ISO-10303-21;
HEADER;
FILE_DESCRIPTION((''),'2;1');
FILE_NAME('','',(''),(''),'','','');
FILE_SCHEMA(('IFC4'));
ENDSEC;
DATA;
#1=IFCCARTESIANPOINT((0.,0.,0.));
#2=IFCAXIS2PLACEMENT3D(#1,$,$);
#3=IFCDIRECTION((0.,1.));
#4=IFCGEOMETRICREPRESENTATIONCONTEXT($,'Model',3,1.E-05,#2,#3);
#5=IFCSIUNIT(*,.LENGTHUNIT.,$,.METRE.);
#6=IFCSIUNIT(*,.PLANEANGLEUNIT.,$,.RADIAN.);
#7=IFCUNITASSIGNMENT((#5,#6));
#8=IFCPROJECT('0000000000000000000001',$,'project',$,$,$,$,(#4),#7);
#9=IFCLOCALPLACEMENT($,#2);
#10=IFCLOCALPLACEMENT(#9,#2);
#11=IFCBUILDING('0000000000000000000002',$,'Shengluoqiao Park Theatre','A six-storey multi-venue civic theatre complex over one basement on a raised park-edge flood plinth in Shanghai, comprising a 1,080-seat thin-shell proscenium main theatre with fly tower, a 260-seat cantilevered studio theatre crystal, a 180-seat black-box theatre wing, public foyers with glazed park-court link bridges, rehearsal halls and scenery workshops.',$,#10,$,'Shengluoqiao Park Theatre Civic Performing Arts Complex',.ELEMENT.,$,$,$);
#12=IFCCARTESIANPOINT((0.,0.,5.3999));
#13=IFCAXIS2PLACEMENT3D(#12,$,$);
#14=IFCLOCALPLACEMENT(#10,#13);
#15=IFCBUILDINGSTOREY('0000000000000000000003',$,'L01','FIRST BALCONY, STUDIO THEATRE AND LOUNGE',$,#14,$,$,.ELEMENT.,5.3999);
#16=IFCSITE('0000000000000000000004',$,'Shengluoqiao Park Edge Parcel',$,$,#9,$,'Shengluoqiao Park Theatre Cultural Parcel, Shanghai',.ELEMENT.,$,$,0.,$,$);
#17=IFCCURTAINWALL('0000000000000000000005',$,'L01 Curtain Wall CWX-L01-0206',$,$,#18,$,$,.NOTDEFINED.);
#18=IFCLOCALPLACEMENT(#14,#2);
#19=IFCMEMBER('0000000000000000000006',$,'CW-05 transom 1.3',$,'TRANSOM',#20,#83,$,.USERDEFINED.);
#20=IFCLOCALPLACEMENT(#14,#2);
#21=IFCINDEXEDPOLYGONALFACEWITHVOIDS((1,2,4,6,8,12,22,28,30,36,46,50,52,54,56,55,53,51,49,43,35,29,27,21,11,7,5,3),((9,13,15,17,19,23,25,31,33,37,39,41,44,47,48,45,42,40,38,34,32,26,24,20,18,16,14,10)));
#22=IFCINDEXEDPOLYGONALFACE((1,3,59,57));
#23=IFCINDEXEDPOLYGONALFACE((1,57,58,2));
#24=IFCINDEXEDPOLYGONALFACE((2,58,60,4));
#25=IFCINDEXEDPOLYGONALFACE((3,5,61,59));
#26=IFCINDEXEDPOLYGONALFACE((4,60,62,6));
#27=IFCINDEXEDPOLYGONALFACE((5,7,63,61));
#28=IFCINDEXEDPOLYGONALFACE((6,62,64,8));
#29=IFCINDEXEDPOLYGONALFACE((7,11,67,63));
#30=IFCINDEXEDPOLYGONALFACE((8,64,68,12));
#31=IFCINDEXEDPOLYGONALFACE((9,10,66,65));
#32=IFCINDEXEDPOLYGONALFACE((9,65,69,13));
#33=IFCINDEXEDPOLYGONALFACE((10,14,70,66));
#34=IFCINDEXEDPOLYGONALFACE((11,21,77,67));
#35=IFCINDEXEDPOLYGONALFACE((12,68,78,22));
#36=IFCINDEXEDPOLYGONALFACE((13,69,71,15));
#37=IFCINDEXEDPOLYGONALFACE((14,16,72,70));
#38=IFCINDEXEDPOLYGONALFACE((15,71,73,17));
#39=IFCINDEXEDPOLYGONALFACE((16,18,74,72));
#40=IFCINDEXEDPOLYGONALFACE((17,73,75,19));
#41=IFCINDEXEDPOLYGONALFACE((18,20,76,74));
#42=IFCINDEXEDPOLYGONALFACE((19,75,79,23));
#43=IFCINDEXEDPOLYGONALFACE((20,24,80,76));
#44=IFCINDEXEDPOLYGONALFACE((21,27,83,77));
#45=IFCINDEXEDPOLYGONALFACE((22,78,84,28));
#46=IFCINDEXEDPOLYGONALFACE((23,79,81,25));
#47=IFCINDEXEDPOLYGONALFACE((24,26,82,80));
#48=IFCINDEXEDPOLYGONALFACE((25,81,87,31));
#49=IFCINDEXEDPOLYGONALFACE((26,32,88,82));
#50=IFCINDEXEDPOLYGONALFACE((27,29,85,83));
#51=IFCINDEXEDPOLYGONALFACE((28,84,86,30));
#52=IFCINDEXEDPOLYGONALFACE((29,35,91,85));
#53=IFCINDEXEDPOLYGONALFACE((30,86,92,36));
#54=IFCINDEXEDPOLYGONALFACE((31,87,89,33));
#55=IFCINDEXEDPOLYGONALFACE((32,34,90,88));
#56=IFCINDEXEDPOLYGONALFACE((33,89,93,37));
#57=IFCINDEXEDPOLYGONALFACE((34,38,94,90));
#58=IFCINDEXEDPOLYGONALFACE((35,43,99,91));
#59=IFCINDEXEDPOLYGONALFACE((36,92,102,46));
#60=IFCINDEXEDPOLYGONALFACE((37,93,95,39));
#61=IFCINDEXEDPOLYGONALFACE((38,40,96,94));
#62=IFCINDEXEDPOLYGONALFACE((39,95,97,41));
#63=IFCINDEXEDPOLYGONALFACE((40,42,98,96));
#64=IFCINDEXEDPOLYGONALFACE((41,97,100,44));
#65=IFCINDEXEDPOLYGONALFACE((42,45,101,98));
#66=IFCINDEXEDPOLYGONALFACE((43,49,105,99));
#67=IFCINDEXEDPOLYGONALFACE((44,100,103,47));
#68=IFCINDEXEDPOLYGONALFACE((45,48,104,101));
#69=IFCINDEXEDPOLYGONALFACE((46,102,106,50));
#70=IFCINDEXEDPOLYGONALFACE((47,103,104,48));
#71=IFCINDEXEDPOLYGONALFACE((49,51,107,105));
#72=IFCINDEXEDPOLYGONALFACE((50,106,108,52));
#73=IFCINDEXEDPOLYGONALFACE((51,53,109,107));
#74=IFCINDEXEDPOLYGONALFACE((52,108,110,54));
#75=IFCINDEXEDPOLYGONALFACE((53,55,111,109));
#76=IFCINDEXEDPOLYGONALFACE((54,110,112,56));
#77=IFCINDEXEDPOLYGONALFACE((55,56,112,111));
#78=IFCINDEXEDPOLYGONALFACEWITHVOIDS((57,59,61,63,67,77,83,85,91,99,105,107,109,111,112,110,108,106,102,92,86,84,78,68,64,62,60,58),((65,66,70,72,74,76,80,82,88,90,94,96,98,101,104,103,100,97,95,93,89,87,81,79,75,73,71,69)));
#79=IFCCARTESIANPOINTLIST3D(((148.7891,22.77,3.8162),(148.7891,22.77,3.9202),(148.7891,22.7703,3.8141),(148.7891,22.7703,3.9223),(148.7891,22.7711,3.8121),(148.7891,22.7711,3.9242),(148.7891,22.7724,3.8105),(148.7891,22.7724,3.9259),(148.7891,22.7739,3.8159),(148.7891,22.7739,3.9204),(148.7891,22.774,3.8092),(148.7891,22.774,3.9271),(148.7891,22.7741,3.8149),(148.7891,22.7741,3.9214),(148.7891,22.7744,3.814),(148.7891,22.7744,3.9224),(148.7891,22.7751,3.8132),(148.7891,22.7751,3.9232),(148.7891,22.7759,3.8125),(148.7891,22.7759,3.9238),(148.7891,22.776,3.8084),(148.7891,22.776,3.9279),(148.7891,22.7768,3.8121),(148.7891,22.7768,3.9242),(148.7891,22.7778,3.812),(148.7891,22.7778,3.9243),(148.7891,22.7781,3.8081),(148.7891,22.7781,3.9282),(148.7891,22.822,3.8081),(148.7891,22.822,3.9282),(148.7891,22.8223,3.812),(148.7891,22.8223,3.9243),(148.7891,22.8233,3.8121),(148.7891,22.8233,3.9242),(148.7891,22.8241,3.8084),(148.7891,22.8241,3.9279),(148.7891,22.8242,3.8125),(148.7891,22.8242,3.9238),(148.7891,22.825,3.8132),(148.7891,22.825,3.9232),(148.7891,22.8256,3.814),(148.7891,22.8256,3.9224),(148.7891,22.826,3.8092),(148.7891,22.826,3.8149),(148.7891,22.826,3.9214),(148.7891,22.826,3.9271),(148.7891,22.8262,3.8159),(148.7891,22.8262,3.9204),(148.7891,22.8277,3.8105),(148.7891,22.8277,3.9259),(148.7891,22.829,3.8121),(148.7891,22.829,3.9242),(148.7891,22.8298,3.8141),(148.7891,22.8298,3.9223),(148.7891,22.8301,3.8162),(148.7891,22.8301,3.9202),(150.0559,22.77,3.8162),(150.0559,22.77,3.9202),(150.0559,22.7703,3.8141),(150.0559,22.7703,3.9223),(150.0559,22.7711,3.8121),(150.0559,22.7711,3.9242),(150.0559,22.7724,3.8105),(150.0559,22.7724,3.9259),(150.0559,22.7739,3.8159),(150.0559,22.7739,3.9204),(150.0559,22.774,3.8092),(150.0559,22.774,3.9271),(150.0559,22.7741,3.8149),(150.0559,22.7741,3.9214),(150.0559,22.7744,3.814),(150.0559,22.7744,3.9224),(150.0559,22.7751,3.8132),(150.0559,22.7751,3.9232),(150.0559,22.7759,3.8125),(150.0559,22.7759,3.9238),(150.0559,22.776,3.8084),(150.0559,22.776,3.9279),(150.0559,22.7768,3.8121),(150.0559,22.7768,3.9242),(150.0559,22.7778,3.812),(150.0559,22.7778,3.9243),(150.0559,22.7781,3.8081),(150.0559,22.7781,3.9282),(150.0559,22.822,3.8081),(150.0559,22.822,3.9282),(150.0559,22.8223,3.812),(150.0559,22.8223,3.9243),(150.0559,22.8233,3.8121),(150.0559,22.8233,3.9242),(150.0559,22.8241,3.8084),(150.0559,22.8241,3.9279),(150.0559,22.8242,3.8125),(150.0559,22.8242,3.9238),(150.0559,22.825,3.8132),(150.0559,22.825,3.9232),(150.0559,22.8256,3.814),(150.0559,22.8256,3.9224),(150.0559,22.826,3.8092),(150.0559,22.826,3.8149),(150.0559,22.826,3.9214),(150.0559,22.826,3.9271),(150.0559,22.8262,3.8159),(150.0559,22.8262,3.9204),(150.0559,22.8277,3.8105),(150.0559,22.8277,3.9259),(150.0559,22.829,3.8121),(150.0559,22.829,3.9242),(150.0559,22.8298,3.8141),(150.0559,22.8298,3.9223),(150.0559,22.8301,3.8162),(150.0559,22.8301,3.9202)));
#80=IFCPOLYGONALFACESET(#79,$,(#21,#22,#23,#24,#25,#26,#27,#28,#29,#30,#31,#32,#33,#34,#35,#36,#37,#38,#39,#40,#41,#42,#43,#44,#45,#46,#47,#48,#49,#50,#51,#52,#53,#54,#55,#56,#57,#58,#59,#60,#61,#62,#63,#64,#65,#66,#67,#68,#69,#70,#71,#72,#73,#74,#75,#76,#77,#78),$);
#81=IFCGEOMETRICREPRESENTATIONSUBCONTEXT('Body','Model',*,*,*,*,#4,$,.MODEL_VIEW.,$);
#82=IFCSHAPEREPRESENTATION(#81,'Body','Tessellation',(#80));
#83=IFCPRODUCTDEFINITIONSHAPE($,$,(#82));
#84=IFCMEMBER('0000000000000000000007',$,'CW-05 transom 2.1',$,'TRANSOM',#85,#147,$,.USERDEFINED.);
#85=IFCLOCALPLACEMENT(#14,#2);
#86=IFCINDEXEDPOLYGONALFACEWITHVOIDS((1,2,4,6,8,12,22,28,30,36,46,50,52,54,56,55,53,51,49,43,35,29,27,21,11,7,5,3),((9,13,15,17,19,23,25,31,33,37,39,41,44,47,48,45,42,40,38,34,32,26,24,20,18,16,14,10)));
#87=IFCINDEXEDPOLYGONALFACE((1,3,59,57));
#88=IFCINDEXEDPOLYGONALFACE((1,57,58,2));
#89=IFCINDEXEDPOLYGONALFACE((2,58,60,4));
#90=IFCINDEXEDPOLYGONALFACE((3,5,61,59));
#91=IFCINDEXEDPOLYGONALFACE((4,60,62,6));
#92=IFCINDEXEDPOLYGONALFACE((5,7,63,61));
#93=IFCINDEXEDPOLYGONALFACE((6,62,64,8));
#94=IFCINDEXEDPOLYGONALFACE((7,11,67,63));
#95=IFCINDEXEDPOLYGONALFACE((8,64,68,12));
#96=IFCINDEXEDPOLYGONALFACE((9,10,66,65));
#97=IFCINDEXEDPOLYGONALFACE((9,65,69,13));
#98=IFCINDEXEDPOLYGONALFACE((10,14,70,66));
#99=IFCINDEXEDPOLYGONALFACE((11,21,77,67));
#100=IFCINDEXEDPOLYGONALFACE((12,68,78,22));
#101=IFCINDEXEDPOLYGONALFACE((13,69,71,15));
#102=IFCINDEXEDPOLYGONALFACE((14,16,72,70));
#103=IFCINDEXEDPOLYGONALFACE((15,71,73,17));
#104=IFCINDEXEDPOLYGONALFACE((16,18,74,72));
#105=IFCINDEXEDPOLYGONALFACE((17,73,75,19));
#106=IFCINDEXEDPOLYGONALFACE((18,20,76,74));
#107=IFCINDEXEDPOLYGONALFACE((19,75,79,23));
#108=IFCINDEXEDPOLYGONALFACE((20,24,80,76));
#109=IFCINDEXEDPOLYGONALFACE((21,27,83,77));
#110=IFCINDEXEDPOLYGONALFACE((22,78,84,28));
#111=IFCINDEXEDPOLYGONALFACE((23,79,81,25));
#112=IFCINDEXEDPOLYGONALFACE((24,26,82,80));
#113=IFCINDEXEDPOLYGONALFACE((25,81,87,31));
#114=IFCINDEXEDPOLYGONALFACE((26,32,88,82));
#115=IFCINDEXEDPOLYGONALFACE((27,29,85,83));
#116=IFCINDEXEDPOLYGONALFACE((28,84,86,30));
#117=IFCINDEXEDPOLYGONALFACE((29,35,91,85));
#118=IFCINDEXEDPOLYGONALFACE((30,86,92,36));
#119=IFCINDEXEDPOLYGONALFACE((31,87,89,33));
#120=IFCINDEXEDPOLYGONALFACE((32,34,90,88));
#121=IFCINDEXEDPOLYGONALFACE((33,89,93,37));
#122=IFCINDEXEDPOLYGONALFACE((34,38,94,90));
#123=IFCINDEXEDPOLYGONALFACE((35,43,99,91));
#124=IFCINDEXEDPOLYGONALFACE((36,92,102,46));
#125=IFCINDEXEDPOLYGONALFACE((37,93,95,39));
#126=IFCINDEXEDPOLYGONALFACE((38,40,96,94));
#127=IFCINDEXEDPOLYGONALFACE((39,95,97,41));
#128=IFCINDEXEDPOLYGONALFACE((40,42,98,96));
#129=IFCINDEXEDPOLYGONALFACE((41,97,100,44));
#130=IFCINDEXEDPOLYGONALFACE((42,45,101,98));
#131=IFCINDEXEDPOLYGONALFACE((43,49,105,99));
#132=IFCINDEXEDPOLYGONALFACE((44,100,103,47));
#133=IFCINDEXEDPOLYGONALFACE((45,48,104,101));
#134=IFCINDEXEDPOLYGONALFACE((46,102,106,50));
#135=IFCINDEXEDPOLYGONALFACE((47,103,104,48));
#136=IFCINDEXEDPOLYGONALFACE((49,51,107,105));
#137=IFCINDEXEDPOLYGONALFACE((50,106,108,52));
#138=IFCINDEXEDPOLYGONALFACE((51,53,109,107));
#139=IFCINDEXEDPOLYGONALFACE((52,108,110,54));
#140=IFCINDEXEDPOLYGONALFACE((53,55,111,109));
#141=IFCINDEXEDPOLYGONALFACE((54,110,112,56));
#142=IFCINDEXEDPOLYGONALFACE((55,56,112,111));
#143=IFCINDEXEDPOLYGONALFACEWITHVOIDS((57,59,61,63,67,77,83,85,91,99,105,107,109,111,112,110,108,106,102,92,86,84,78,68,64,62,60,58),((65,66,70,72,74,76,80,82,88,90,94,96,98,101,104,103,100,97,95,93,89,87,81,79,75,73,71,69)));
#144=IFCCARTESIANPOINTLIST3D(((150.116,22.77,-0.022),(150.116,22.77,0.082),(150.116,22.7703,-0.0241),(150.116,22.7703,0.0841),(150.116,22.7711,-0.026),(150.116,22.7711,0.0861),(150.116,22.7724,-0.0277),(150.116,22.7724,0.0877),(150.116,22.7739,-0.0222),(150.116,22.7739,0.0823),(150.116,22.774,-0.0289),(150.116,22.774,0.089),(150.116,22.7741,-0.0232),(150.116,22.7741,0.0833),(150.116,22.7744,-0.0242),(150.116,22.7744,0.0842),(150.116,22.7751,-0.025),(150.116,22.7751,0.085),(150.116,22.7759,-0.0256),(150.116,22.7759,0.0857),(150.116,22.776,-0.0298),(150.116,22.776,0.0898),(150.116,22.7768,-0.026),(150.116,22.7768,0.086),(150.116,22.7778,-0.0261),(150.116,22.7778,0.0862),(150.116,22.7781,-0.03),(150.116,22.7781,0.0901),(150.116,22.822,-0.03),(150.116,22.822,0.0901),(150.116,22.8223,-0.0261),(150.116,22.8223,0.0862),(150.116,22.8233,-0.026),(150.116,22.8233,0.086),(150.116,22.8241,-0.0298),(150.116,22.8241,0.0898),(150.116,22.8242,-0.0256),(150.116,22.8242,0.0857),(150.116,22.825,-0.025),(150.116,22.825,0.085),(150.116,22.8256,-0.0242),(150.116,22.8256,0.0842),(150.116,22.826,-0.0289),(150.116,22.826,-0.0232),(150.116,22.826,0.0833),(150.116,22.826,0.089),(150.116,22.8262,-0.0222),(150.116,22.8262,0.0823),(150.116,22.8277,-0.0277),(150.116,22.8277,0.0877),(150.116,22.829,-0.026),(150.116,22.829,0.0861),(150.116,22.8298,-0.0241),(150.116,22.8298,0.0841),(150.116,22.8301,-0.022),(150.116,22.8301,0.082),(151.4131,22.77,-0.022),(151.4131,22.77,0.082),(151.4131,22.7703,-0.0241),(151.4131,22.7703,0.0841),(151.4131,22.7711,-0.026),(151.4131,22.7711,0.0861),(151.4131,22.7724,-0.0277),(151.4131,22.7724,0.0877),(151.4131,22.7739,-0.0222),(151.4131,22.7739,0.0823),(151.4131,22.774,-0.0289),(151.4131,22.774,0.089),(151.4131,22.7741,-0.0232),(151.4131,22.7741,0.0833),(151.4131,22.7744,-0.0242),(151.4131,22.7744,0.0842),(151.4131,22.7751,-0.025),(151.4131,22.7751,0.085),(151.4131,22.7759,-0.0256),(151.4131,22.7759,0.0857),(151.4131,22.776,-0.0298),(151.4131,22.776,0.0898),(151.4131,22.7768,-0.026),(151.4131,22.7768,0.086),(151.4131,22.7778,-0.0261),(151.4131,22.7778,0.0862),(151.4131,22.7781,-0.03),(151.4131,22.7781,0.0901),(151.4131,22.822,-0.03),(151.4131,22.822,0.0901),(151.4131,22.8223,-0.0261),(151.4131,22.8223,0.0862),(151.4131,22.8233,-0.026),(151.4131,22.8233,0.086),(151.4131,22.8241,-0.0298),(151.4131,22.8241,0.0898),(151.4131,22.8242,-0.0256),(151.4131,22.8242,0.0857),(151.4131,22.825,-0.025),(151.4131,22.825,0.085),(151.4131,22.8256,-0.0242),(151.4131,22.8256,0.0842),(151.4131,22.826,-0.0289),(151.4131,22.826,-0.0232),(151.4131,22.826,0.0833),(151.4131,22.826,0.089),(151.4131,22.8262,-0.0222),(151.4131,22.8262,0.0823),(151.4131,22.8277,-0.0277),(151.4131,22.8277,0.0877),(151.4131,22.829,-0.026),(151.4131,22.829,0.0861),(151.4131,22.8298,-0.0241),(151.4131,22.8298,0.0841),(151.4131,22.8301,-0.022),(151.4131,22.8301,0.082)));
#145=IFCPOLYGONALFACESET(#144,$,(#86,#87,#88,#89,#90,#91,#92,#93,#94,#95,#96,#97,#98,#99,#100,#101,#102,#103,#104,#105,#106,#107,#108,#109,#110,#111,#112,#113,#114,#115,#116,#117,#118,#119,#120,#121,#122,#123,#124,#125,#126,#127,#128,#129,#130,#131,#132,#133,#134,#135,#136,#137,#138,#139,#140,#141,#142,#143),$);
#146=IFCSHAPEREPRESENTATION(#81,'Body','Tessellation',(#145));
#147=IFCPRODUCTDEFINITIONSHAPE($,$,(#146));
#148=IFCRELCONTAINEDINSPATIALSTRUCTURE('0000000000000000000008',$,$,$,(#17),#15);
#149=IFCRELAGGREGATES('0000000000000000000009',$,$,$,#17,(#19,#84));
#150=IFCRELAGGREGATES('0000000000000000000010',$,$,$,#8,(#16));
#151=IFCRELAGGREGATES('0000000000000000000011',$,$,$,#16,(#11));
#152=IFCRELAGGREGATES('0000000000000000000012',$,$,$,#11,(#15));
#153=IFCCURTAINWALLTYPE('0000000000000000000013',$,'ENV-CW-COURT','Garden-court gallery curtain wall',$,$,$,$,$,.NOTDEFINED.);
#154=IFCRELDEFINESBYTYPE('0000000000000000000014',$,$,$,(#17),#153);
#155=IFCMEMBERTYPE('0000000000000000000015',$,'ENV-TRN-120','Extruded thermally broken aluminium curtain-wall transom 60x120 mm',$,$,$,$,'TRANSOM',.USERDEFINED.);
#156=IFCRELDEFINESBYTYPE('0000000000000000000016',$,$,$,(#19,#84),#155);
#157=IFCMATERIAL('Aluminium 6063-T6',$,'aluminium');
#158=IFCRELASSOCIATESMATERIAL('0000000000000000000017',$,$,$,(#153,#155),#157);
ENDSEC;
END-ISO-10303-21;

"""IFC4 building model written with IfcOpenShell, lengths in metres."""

from ifc_helpers import new_model, si_unit, direction, frame, origin, origin_2d, place, context, subcontext, project, spatial, hollow_rectangle, extrude, material, material_profile, profile_set, type_object, element, aggregate, save


model = new_model("IFC4")

# Units and contexts
model_context = context("Model", 3, precision=1e-05, world=origin(), true_north=direction((0.0, 1.0)))
body_context = subcontext(model_context, "Body", "Model", "MODEL_VIEW")
ifc_project = project(units=[si_unit("LENGTHUNIT", "METRE"), si_unit("PLANEANGLEUNIT", "RADIAN")], contexts=[model_context])

# Site, building, storey
site_placement = place(None, origin())
site = spatial("IfcSite", under=ifc_project, at=site_placement, Name="Shengluoqiao Park Edge Parcel", LongName="Shengluoqiao Park Theatre Cultural Parcel, Shanghai", CompositionType="ELEMENT", RefElevation=0.0)
building_placement = place(site_placement, origin())
building = spatial("IfcBuilding", under=site, at=building_placement, Name="Shengluoqiao Park Theatre", Description="A six-storey multi-venue civic theatre complex over one basement on a raised park-edge flood plinth in Shanghai, comprising a 1,080-seat thin-shell proscenium main theatre with fly tower, a 260-seat cantilevered studio theatre crystal, a 180-seat black-box theatre wing, public foyers with glazed park-court link bridges, rehearsal halls and scenery workshops.", LongName="Shengluoqiao Park Theatre Civic Performing Arts Complex", CompositionType="ELEMENT")
storey_placement = place(building_placement, frame((0.0, 0.0, 5.3999)))
storey = spatial("IfcBuildingStorey", under=building, at=storey_placement, Name="L01", Description="FIRST BALCONY, STUDIO THEATRE AND LOUNGE", CompositionType="ELEMENT", Elevation=5.3999)

# Shared definitions
ifc_material_1 = material(Name="Aluminium 6063-T6", Category="aluminium")
curtain_wall_type = type_object("IfcCurtainWallType", Name="ENV-CW-COURT", Description="Garden-court gallery curtain wall", PredefinedType="NOTDEFINED", material=ifc_material_1)

# Curtain wall, members
curtain_wall_1_placement = place(storey_placement, origin())
curtain_wall_1 = element("IfcCurtainWall", 1, at=curtain_wall_1_placement, inside=storey, type_object=curtain_wall_type, Name="L01 Curtain Wall CWX-L01-0206", PredefinedType="NOTDEFINED")
ifc_material_profile_1 = material_profile(ifc_material_1, hollow_rectangle(XDim=0.0601, YDim=0.1201, WallThickness=0.0039, InnerFilletRadius=0.0039, OuterFilletRadius=0.0081, at=origin_2d()), Name="ALU TRANSOM 120x60x4")
ifc_profile_set_1 = profile_set([ifc_material_profile_1], Name="Aluminium 6063-T6")
member_type_1 = type_object("IfcMemberType", Name="ENV-TRN-120", Description="Extruded thermally broken aluminium curtain-wall transom 60x120 mm", ElementType="TRANSOM", PredefinedType="USERDEFINED", material=ifc_profile_set_1)
member_1_placement = place(storey_placement, frame((148.7891, 22.8, 3.8682), z_axis=(1.0, 0.0, 0.0), x_axis=(0.0, 1.0, 0.0)))
member_1 = element("IfcMember", 2, at=member_1_placement, type_object=member_type_1, Name="CW-05 transom 1.3", ObjectType="TRANSOM", PredefinedType="USERDEFINED", context=body_context, shape_type="SweptSolid", body=[
    extrude(hollow_rectangle(XDim=0.0601, YDim=0.1201, WallThickness=0.0039, InnerFilletRadius=0.0039, OuterFilletRadius=0.0081, at=origin_2d()), origin(), (0.0, 0.0, 1.0), 1.2668),
])
member_2_placement = place(storey_placement, frame((150.116, 22.8, 0.03), z_axis=(1.0, 0.0, 0.0), x_axis=(0.0, 1.0, 0.0)))
member_2 = element("IfcMember", 3, at=member_2_placement, type_object=member_type_1, Name="CW-05 transom 2.1", ObjectType="TRANSOM", PredefinedType="USERDEFINED", context=body_context, shape_type="SweptSolid", body=[
    extrude(hollow_rectangle(XDim=0.0601, YDim=0.1201, WallThickness=0.0039, InnerFilletRadius=0.0039, OuterFilletRadius=0.0081, at=origin_2d()), origin(), (0.0, 0.0, 1.0), 1.2971),
])

aggregate(curtain_wall_1, [member_1, member_2])

save(model, "model.ifc")
